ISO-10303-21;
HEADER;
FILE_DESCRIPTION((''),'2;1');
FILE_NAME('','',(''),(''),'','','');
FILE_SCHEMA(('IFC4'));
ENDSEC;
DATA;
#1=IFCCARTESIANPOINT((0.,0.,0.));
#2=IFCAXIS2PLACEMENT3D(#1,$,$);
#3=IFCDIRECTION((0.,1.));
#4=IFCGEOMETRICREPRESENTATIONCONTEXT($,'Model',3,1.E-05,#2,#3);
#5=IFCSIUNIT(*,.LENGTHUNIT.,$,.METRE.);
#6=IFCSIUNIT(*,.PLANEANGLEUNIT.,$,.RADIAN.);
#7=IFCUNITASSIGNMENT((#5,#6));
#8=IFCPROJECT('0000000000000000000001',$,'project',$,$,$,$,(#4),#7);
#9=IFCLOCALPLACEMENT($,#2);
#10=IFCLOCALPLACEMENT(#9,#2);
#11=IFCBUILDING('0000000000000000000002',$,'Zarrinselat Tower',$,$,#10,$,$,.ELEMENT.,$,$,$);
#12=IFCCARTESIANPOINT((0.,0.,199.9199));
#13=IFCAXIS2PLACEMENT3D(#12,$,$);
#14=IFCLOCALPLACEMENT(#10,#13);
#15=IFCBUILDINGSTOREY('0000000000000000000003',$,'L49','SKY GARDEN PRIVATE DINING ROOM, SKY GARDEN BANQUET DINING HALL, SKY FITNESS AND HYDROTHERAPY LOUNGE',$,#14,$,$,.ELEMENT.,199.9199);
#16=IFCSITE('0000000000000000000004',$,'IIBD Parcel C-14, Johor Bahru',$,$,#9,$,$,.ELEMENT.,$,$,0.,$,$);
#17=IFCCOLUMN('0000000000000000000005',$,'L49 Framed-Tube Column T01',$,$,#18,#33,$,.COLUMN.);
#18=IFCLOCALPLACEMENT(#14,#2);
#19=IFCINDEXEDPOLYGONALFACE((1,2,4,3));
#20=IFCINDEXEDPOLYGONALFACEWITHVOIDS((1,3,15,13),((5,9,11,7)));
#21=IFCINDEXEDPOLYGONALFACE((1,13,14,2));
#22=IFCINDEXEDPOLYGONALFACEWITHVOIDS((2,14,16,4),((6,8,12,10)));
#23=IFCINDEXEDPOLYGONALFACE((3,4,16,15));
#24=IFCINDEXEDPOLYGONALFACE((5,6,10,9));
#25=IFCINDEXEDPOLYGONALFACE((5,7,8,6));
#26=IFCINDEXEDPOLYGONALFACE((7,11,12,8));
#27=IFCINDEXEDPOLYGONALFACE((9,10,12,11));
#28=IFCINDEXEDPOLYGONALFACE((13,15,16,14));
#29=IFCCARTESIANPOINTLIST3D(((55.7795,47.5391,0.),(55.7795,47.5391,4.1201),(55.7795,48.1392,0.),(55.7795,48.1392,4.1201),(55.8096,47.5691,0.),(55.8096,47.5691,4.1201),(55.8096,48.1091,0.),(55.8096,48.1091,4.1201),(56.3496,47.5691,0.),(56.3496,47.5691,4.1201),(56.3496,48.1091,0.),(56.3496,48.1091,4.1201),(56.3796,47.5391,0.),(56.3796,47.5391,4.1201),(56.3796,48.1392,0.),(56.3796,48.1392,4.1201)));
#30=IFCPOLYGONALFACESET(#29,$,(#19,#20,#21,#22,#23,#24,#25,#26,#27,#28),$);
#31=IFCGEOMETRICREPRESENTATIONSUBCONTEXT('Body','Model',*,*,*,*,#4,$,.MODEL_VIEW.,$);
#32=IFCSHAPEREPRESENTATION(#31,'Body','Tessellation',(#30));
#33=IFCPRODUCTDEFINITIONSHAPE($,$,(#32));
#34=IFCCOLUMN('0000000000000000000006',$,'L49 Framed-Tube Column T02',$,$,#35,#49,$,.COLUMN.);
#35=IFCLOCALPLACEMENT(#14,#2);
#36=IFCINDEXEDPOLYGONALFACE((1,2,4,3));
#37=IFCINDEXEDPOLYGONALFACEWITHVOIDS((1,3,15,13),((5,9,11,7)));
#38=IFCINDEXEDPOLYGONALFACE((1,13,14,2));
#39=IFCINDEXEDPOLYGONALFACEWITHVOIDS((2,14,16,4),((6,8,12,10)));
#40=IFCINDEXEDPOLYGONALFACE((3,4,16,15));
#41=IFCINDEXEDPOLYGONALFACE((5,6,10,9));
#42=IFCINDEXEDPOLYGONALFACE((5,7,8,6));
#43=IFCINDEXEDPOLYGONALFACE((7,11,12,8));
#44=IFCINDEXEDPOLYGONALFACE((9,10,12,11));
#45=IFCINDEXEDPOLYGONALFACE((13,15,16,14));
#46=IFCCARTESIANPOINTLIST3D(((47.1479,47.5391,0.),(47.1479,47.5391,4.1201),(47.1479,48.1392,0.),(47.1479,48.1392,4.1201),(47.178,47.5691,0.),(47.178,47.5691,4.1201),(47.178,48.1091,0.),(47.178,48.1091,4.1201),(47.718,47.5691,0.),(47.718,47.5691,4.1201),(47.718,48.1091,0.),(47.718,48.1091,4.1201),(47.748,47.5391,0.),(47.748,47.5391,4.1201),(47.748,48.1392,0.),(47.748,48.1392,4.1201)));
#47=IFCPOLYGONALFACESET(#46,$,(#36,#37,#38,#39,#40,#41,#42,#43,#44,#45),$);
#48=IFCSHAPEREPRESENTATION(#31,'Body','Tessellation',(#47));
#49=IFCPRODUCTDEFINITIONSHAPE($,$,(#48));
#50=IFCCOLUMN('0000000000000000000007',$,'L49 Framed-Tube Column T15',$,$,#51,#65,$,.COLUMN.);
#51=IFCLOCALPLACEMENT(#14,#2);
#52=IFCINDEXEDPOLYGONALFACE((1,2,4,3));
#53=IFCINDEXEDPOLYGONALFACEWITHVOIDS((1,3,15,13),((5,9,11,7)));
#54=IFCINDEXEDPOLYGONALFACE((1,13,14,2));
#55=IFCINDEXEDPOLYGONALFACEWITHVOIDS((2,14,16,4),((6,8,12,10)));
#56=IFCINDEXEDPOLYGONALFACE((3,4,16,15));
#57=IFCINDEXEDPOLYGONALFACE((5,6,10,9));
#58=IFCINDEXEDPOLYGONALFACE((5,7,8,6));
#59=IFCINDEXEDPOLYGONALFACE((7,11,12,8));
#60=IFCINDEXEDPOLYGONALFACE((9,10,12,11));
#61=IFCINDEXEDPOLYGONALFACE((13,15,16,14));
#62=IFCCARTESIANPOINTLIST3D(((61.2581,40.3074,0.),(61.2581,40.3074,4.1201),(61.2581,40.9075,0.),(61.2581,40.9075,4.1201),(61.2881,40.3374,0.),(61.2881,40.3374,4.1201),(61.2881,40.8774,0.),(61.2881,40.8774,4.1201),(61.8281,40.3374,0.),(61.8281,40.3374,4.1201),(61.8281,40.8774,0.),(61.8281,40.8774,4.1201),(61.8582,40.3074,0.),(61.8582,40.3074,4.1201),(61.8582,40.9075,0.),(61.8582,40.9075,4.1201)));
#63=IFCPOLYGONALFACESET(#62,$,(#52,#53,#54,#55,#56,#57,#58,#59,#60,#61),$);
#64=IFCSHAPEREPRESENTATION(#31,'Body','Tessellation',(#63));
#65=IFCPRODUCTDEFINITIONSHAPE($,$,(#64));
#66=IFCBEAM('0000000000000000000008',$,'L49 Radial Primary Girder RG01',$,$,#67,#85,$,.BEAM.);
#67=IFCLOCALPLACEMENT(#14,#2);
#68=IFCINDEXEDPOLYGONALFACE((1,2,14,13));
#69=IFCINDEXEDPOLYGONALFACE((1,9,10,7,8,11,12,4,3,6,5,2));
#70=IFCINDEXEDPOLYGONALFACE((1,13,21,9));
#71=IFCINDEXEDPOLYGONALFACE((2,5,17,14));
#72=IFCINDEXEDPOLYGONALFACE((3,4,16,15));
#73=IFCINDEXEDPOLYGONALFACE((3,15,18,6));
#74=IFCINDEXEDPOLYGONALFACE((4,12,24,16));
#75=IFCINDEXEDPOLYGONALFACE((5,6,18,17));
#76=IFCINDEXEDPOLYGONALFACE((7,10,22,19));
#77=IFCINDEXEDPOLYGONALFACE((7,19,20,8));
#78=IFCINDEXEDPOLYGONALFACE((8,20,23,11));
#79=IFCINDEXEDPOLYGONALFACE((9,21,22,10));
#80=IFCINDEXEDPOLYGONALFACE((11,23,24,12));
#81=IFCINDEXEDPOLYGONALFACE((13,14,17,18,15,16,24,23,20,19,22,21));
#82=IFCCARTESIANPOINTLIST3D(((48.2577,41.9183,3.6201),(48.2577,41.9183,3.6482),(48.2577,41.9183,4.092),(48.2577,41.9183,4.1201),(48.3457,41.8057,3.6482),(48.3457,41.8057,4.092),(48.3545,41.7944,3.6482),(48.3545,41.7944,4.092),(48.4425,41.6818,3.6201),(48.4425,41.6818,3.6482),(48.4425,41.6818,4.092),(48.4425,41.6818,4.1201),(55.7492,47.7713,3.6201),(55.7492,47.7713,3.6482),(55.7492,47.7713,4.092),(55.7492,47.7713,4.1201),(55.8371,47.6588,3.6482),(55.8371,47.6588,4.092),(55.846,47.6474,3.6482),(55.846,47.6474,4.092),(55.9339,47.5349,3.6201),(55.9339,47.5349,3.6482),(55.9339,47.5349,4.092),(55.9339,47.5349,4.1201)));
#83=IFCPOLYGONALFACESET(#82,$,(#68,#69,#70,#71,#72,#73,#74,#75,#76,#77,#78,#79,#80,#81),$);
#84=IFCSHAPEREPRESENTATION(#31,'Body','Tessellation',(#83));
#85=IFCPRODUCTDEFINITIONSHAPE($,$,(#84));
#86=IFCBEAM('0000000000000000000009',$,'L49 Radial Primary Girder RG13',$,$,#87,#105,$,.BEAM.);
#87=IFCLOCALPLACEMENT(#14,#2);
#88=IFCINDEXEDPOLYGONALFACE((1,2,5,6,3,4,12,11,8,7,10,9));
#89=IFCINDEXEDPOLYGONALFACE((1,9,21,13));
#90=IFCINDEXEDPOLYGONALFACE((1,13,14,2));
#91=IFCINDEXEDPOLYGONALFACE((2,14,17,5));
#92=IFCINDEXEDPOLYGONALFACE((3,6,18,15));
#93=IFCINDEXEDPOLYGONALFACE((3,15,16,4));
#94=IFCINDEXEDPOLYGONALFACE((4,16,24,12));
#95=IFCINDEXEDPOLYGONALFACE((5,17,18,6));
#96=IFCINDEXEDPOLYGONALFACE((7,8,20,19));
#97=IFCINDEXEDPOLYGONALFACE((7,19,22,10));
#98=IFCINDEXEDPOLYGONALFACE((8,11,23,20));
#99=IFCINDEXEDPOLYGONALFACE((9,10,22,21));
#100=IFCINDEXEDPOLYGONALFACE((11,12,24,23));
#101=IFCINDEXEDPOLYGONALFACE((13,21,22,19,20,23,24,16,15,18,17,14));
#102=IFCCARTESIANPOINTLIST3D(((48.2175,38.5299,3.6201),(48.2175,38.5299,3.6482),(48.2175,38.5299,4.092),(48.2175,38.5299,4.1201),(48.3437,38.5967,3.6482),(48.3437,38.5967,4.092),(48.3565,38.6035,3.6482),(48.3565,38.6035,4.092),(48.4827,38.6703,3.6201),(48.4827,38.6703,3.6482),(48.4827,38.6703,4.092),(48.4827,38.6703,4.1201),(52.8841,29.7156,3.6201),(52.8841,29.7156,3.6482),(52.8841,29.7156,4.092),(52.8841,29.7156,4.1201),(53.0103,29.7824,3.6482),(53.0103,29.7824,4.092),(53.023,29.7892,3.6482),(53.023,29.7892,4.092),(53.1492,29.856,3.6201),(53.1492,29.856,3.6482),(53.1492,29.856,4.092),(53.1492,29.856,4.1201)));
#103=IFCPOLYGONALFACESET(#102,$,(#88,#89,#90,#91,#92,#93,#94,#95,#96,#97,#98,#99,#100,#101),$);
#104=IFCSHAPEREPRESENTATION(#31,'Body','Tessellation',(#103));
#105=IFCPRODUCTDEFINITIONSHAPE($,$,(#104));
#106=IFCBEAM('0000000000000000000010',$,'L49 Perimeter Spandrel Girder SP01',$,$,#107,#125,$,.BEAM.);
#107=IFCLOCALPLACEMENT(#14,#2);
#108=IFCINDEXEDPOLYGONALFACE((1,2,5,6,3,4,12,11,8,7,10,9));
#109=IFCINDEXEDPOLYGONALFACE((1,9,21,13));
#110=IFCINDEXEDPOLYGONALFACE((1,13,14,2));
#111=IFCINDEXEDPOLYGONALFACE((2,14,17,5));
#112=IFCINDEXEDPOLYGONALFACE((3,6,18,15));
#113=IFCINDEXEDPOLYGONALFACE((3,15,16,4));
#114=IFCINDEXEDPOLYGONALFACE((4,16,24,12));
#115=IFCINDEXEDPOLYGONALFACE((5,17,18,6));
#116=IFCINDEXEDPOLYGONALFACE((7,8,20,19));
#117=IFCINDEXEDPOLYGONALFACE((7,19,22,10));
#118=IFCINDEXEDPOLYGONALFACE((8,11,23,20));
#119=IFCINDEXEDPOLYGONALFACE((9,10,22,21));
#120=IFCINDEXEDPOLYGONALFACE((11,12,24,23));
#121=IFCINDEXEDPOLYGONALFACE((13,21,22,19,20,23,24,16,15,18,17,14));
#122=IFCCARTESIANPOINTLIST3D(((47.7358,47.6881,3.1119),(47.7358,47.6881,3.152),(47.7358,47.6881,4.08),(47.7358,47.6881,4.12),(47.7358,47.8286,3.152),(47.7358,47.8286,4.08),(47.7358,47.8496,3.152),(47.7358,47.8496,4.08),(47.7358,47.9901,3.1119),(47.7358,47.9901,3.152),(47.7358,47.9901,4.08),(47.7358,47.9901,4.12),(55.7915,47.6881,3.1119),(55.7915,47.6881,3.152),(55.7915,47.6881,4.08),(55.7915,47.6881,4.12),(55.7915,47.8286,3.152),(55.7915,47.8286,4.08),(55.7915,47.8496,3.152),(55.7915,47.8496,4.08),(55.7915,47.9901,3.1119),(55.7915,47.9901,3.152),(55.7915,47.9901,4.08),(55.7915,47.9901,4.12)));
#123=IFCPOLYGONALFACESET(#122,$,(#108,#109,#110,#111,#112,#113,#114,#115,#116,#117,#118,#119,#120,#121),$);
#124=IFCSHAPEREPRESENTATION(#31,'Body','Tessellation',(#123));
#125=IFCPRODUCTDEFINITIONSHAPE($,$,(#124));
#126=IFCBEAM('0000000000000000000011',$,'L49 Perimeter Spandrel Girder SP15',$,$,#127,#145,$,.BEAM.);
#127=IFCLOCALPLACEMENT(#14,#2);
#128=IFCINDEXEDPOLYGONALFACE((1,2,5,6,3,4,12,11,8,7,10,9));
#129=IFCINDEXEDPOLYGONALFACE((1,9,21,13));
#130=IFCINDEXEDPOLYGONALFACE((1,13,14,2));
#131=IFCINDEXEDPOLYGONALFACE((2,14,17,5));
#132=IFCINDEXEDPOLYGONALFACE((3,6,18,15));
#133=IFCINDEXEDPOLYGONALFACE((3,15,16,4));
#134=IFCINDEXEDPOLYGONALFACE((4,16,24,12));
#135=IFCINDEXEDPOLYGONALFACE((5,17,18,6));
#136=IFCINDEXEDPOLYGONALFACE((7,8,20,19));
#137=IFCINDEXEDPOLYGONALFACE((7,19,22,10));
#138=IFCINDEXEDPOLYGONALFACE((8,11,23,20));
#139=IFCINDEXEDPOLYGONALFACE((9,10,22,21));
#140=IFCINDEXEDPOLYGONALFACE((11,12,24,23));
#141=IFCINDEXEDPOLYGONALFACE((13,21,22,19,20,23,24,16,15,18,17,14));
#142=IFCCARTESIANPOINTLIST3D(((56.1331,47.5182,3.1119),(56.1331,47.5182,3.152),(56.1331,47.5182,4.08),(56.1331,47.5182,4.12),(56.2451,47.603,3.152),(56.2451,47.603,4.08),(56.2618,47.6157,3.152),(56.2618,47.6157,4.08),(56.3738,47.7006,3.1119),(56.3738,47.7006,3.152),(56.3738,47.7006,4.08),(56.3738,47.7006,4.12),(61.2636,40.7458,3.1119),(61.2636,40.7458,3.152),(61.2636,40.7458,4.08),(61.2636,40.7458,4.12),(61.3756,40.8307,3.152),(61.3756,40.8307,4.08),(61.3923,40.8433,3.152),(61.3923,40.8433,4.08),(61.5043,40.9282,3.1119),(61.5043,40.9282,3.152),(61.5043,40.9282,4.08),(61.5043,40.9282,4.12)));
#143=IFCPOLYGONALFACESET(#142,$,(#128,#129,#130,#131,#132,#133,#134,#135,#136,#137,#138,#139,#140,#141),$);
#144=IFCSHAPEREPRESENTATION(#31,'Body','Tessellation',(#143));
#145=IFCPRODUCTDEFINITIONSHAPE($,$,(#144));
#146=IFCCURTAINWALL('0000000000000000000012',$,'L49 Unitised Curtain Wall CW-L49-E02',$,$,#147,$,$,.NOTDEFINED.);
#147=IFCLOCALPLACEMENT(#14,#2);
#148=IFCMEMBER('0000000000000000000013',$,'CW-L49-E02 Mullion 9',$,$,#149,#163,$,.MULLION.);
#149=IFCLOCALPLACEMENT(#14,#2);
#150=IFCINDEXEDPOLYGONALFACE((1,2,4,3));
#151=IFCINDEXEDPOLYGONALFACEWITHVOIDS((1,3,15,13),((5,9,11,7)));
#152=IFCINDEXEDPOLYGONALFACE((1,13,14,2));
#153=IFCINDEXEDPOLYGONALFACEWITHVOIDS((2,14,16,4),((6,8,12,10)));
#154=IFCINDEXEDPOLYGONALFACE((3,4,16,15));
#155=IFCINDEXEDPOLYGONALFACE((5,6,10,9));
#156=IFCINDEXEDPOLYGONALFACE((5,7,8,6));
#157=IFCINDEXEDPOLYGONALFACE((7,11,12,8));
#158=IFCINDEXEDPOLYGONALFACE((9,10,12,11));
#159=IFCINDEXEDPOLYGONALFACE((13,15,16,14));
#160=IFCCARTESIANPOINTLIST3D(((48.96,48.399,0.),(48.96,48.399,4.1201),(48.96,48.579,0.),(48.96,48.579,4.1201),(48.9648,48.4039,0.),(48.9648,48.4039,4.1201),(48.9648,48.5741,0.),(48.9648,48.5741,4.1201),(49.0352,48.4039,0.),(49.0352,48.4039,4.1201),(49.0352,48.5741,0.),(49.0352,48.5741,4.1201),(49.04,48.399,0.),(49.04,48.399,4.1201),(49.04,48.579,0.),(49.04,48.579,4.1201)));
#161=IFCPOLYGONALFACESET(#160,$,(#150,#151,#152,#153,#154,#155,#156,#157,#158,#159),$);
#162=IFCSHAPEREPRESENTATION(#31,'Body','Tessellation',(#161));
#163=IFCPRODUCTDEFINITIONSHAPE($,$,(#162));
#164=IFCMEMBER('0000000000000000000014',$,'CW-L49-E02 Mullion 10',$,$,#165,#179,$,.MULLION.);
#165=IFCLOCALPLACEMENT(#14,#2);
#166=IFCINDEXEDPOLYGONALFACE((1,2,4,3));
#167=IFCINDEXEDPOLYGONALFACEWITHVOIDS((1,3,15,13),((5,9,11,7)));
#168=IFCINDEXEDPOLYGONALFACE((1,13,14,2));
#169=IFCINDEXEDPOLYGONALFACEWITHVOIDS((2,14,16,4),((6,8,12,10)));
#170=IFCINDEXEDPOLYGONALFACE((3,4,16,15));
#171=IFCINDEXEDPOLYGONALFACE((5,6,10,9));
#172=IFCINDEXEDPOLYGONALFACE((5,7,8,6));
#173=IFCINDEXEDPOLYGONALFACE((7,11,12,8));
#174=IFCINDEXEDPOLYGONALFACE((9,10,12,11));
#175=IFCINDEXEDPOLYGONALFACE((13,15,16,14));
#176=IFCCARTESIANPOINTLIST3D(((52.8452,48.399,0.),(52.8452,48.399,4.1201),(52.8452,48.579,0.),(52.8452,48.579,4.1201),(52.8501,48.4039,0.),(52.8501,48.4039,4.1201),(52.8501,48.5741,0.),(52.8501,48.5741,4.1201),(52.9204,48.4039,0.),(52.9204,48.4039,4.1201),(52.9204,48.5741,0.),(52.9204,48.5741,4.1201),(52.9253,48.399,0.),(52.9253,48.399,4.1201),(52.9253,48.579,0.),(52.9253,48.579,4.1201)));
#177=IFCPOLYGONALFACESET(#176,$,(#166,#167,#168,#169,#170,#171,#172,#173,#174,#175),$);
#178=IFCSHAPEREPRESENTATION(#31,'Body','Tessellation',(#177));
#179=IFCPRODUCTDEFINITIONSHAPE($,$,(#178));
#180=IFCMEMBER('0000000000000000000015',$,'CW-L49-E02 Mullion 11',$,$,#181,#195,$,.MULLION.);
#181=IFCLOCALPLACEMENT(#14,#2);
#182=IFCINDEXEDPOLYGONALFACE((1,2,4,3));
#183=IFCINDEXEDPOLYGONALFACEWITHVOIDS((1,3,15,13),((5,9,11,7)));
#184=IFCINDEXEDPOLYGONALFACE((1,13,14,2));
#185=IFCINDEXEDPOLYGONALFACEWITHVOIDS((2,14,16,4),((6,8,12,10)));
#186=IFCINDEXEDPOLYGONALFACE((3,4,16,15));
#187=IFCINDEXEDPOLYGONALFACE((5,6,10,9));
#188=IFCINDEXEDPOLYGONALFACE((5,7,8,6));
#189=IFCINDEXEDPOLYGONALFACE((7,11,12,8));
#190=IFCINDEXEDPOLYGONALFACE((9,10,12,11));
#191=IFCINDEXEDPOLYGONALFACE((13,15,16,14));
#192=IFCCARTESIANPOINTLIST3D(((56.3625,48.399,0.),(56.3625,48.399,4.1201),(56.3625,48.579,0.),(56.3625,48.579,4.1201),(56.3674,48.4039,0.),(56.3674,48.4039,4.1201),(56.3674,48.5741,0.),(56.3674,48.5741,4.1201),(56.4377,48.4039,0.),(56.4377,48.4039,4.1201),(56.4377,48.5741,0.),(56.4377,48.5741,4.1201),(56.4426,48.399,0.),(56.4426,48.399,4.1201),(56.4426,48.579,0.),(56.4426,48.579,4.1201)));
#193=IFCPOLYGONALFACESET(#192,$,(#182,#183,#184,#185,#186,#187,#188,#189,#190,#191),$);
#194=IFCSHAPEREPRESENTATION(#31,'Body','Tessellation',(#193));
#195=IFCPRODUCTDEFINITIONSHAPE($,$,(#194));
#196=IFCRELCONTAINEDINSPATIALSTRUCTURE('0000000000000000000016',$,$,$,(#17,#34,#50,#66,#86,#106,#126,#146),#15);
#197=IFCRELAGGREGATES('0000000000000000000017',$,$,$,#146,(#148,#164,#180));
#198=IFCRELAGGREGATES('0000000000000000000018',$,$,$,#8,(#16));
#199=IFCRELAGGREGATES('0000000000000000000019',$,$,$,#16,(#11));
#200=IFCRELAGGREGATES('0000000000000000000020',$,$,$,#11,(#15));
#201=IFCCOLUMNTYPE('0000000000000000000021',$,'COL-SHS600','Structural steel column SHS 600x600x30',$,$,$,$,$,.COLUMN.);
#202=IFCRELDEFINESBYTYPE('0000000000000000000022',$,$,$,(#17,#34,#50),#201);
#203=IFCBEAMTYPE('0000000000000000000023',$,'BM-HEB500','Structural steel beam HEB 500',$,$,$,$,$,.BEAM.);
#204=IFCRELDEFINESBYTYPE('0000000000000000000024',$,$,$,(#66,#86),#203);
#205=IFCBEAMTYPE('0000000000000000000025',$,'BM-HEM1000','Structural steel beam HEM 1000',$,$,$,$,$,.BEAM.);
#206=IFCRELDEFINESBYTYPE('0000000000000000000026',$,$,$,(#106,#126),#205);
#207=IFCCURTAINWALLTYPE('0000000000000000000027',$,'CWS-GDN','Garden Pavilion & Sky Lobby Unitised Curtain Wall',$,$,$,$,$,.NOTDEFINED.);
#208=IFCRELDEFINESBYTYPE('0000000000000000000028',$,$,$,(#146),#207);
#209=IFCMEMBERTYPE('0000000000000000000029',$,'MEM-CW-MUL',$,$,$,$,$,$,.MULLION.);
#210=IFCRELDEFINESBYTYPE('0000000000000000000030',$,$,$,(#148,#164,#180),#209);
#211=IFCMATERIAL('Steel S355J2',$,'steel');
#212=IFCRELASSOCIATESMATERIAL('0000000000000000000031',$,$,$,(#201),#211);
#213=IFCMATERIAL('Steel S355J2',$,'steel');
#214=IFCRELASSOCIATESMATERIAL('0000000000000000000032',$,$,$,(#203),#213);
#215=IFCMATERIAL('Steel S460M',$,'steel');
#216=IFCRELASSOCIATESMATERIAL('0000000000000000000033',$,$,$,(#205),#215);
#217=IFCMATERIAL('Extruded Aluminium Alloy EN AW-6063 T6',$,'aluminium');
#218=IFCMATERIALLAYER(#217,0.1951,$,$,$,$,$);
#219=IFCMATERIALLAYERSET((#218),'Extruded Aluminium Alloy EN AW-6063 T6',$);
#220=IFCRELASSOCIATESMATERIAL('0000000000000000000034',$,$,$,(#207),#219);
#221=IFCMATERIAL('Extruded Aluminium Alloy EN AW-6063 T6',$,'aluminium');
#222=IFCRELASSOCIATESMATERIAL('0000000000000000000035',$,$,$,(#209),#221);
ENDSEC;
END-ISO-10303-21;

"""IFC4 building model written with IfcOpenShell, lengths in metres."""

from ifc_helpers import new_model, si_unit, direction, frame, origin, origin_2d, place, context, subcontext, project, spatial, hollow_rectangle, i_section, extrude, material, layer, layer_set, material_profile, profile_set, type_object, element, aggregate, save


model = new_model("IFC4")

# Units and contexts
model_context = context("Model", 3, precision=1e-05, world=origin(), true_north=direction((0.0, 1.0)))
body_context = subcontext(model_context, "Body", "Model", "MODEL_VIEW")
ifc_project = project(units=[si_unit("LENGTHUNIT", "METRE"), si_unit("PLANEANGLEUNIT", "RADIAN")], contexts=[model_context])

# Site, building, storey
site_placement = place(None, origin())
site = spatial("IfcSite", under=ifc_project, at=site_placement, Name="IIBD Parcel C-14, Johor Bahru", CompositionType="ELEMENT", RefElevation=0.0)
building_placement = place(site_placement, origin())
building = spatial("IfcBuilding", under=site, at=building_placement, Name="Zarrinselat Tower", CompositionType="ELEMENT")
storey_placement = place(building_placement, frame((0.0, 0.0, 199.9199)))
storey = spatial("IfcBuildingStorey", under=building, at=storey_placement, Name="L49", Description="SKY GARDEN PRIVATE DINING ROOM, SKY GARDEN BANQUET DINING HALL, SKY FITNESS AND HYDROTHERAPY LOUNGE", CompositionType="ELEMENT", Elevation=199.9199)

# Columns
ifc_material_1 = material(Name="Steel S355J2", Category="steel")
ifc_material_profile_1 = material_profile(ifc_material_1, hollow_rectangle(XDim=0.6001, YDim=0.6001, WallThickness=0.03, at=origin_2d()), Name="SHS 600x600x30")
ifc_profile_set_1 = profile_set([ifc_material_profile_1], Name="Steel S355J2")
column_type = type_object("IfcColumnType", Name="COL-SHS600", Description="Structural steel column SHS 600x600x30", PredefinedType="COLUMN", material=ifc_profile_set_1)
for number, where, z_axis, x_axis, name in (
    (1, (56.0796, 47.8391, 0.0), (0.0, 0.0, 1.0), (1.0, 0.0, 0.0), "L49 Framed-Tube Column T01"),
    (2, (47.448, 47.8391, 0.0), (0.0, 0.0, 1.0), (1.0, 0.0, 0.0), "L49 Framed-Tube Column T02"),
    (3, (61.5581, 40.6074, 0.0), (0.0, 0.0, 1.0), (1.0, 0.0, 0.0), "L49 Framed-Tube Column T15"),
):
    element("IfcColumn", number, at=place(storey_placement, frame(where, z_axis=z_axis, x_axis=x_axis)), inside=storey, type_object=column_type, Name=name, PredefinedType="COLUMN", context=body_context, shape_type="SweptSolid", body=[
        extrude(hollow_rectangle(XDim=0.6001, YDim=0.6001, WallThickness=0.03, at=origin_2d()), origin(), (0.0, 0.0, 1.0), 4.1201),
    ])

# Beams
ifc_material_2 = material(Name="Steel S355J2", Category="steel")
ifc_material_profile_2 = material_profile(ifc_material_2, i_section(OverallWidth=0.3, OverallDepth=0.5, WebThickness=0.0144, FlangeThickness=0.0281, at=origin_2d()), Name="HEB 500")
ifc_profile_set_2 = profile_set([ifc_material_profile_2], Name="Steel S355J2")
beam_type_1 = type_object("IfcBeamType", Name="BM-HEB500", Description="Structural steel beam HEB 500", PredefinedType="BEAM", material=ifc_profile_set_2)
beam_1_placement = place(storey_placement, frame((48.3501, 41.8, 3.8701), z_axis=(0.788008, 0.615665, 0.0), x_axis=(-0.615665, 0.788008, 0.0)))
element("IfcBeam", 4, at=beam_1_placement, inside=storey, type_object=beam_type_1, Name="L49 Radial Primary Girder RG01", PredefinedType="BEAM", context=body_context, shape_type="SweptSolid", body=[
    extrude(i_section(OverallWidth=0.3, OverallDepth=0.5, WebThickness=0.0144, FlangeThickness=0.0281, at=origin_2d()), origin(), (0.0, 0.0, 1.0), 9.5068),
])
beam_2_placement = place(storey_placement, frame((48.3501, 38.6001, 3.8701), z_axis=(0.4679, -0.883781, 0.0), x_axis=(0.883781, 0.4679, 0.0)))
element("IfcBeam", 5, at=beam_2_placement, inside=storey, type_object=beam_type_1, Name="L49 Radial Primary Girder RG13", PredefinedType="BEAM", context=body_context, shape_type="SweptSolid", body=[
    extrude(i_section(OverallWidth=0.3, OverallDepth=0.5, WebThickness=0.0144, FlangeThickness=0.0281, at=origin_2d()), origin(), (0.0, 0.0, 1.0), 9.9734),
])
ifc_material_3 = material(Name="Steel S460M", Category="steel")
ifc_material_profile_3 = material_profile(ifc_material_3, i_section(OverallWidth=0.302, OverallDepth=1.0081, WebThickness=0.021, FlangeThickness=0.04, at=origin_2d()), Name="HEM 1000")
ifc_profile_set_3 = profile_set([ifc_material_profile_3], Name="Steel S460M")
beam_type_2 = type_object("IfcBeamType", Name="BM-HEM1000", Description="Structural steel beam HEM 1000", PredefinedType="BEAM", material=ifc_profile_set_3)
beam_3_placement = place(storey_placement, frame((47.7358, 47.8391, 3.616), z_axis=(1.0, 0.0, 0.0), x_axis=(0.0, 1.0, 0.0)))
element("IfcBeam", 6, at=beam_3_placement, inside=storey, type_object=beam_type_2, Name="L49 Perimeter Spandrel Girder SP01", PredefinedType="BEAM", context=body_context, shape_type="SweptSolid", body=[
    extrude(i_section(OverallWidth=0.302, OverallDepth=1.0081, WebThickness=0.021, FlangeThickness=0.04, at=origin_2d()), origin(), (0.0, 0.0, 1.0), 8.0557),
])
beam_4_placement = place(storey_placement, frame((56.2534, 47.6094, 3.616), z_axis=(0.603855, -0.797094, 0.0), x_axis=(0.797094, 0.603855, 0.0)))
element("IfcBeam", 7, at=beam_4_placement, inside=storey, type_object=beam_type_2, Name="L49 Perimeter Spandrel Girder SP15", PredefinedType="BEAM", context=body_context, shape_type="SweptSolid", body=[
    extrude(i_section(OverallWidth=0.302, OverallDepth=1.0081, WebThickness=0.021, FlangeThickness=0.04, at=origin_2d()), origin(), (0.0, 0.0, 1.0), 8.4963),
])

# Curtain wall, members
ifc_material_4 = material(Name="Extruded Aluminium Alloy EN AW-6063 T6", Category="aluminium")
ifc_layer_1 = layer(ifc_material_4, 0.1951)
ifc_layer_set_1 = layer_set([ifc_layer_1], Name="Extruded Aluminium Alloy EN AW-6063 T6")
curtain_wall_type = type_object("IfcCurtainWallType", Name="CWS-GDN", Description="Garden Pavilion & Sky Lobby Unitised Curtain Wall", PredefinedType="NOTDEFINED", material=ifc_layer_set_1)
curtain_wall_1_placement = place(storey_placement, origin())
curtain_wall_1 = element("IfcCurtainWall", 8, at=curtain_wall_1_placement, inside=storey, type_object=curtain_wall_type, Name="L49 Unitised Curtain Wall CW-L49-E02", PredefinedType="NOTDEFINED")
ifc_material_5 = material(Name="Extruded Aluminium Alloy EN AW-6063 T6", Category="aluminium")
ifc_material_profile_4 = material_profile(ifc_material_5, hollow_rectangle(XDim=0.0801, YDim=0.1799, WallThickness=0.0049, at=origin_2d()), Name="RHS 180x80x5")
ifc_profile_set_4 = profile_set([ifc_material_profile_4], Name="Extruded Aluminium Alloy EN AW-6063 T6")
member_type_1 = type_object("IfcMemberType", Name="MEM-CW-MUL", PredefinedType="MULLION", material=ifc_profile_set_4)
member_1_placement = place(storey_placement, frame((49.0, 48.489, 0.0), z_axis=(0.0, 0.0, 1.0), x_axis=(1.0, 0.0, 0.0)))
member_1 = element("IfcMember", 9, at=member_1_placement, type_object=member_type_1, Name="CW-L49-E02 Mullion 9", PredefinedType="MULLION", context=body_context, shape_type="SweptSolid", body=[
    extrude(hollow_rectangle(XDim=0.0801, YDim=0.1799, WallThickness=0.0049, at=origin_2d()), origin(), (0.0, 0.0, 1.0), 4.1201),
])
member_2_placement = place(storey_placement, frame((52.8853, 48.489, 0.0), z_axis=(0.0, 0.0, 1.0), x_axis=(1.0, 0.0, 0.0)))
member_2 = element("IfcMember", 10, at=member_2_placement, type_object=member_type_1, Name="CW-L49-E02 Mullion 10", PredefinedType="MULLION", context=body_context, shape_type="SweptSolid", body=[
    extrude(hollow_rectangle(XDim=0.0801, YDim=0.1799, WallThickness=0.0049, at=origin_2d()), origin(), (0.0, 0.0, 1.0), 4.1201),
])
member_3_placement = place(storey_placement, frame((56.4026, 48.489, 0.0), z_axis=(0.0, 0.0, 1.0), x_axis=(1.0, 0.0, 0.0)))
member_3 = element("IfcMember", 11, at=member_3_placement, type_object=member_type_1, Name="CW-L49-E02 Mullion 11", PredefinedType="MULLION", context=body_context, shape_type="SweptSolid", body=[
    extrude(hollow_rectangle(XDim=0.0801, YDim=0.1799, WallThickness=0.0049, at=origin_2d()), origin(), (0.0, 0.0, 1.0), 4.1201),
])

aggregate(curtain_wall_1, [member_1, member_2, member_3])

save(model, "model.ifc")
